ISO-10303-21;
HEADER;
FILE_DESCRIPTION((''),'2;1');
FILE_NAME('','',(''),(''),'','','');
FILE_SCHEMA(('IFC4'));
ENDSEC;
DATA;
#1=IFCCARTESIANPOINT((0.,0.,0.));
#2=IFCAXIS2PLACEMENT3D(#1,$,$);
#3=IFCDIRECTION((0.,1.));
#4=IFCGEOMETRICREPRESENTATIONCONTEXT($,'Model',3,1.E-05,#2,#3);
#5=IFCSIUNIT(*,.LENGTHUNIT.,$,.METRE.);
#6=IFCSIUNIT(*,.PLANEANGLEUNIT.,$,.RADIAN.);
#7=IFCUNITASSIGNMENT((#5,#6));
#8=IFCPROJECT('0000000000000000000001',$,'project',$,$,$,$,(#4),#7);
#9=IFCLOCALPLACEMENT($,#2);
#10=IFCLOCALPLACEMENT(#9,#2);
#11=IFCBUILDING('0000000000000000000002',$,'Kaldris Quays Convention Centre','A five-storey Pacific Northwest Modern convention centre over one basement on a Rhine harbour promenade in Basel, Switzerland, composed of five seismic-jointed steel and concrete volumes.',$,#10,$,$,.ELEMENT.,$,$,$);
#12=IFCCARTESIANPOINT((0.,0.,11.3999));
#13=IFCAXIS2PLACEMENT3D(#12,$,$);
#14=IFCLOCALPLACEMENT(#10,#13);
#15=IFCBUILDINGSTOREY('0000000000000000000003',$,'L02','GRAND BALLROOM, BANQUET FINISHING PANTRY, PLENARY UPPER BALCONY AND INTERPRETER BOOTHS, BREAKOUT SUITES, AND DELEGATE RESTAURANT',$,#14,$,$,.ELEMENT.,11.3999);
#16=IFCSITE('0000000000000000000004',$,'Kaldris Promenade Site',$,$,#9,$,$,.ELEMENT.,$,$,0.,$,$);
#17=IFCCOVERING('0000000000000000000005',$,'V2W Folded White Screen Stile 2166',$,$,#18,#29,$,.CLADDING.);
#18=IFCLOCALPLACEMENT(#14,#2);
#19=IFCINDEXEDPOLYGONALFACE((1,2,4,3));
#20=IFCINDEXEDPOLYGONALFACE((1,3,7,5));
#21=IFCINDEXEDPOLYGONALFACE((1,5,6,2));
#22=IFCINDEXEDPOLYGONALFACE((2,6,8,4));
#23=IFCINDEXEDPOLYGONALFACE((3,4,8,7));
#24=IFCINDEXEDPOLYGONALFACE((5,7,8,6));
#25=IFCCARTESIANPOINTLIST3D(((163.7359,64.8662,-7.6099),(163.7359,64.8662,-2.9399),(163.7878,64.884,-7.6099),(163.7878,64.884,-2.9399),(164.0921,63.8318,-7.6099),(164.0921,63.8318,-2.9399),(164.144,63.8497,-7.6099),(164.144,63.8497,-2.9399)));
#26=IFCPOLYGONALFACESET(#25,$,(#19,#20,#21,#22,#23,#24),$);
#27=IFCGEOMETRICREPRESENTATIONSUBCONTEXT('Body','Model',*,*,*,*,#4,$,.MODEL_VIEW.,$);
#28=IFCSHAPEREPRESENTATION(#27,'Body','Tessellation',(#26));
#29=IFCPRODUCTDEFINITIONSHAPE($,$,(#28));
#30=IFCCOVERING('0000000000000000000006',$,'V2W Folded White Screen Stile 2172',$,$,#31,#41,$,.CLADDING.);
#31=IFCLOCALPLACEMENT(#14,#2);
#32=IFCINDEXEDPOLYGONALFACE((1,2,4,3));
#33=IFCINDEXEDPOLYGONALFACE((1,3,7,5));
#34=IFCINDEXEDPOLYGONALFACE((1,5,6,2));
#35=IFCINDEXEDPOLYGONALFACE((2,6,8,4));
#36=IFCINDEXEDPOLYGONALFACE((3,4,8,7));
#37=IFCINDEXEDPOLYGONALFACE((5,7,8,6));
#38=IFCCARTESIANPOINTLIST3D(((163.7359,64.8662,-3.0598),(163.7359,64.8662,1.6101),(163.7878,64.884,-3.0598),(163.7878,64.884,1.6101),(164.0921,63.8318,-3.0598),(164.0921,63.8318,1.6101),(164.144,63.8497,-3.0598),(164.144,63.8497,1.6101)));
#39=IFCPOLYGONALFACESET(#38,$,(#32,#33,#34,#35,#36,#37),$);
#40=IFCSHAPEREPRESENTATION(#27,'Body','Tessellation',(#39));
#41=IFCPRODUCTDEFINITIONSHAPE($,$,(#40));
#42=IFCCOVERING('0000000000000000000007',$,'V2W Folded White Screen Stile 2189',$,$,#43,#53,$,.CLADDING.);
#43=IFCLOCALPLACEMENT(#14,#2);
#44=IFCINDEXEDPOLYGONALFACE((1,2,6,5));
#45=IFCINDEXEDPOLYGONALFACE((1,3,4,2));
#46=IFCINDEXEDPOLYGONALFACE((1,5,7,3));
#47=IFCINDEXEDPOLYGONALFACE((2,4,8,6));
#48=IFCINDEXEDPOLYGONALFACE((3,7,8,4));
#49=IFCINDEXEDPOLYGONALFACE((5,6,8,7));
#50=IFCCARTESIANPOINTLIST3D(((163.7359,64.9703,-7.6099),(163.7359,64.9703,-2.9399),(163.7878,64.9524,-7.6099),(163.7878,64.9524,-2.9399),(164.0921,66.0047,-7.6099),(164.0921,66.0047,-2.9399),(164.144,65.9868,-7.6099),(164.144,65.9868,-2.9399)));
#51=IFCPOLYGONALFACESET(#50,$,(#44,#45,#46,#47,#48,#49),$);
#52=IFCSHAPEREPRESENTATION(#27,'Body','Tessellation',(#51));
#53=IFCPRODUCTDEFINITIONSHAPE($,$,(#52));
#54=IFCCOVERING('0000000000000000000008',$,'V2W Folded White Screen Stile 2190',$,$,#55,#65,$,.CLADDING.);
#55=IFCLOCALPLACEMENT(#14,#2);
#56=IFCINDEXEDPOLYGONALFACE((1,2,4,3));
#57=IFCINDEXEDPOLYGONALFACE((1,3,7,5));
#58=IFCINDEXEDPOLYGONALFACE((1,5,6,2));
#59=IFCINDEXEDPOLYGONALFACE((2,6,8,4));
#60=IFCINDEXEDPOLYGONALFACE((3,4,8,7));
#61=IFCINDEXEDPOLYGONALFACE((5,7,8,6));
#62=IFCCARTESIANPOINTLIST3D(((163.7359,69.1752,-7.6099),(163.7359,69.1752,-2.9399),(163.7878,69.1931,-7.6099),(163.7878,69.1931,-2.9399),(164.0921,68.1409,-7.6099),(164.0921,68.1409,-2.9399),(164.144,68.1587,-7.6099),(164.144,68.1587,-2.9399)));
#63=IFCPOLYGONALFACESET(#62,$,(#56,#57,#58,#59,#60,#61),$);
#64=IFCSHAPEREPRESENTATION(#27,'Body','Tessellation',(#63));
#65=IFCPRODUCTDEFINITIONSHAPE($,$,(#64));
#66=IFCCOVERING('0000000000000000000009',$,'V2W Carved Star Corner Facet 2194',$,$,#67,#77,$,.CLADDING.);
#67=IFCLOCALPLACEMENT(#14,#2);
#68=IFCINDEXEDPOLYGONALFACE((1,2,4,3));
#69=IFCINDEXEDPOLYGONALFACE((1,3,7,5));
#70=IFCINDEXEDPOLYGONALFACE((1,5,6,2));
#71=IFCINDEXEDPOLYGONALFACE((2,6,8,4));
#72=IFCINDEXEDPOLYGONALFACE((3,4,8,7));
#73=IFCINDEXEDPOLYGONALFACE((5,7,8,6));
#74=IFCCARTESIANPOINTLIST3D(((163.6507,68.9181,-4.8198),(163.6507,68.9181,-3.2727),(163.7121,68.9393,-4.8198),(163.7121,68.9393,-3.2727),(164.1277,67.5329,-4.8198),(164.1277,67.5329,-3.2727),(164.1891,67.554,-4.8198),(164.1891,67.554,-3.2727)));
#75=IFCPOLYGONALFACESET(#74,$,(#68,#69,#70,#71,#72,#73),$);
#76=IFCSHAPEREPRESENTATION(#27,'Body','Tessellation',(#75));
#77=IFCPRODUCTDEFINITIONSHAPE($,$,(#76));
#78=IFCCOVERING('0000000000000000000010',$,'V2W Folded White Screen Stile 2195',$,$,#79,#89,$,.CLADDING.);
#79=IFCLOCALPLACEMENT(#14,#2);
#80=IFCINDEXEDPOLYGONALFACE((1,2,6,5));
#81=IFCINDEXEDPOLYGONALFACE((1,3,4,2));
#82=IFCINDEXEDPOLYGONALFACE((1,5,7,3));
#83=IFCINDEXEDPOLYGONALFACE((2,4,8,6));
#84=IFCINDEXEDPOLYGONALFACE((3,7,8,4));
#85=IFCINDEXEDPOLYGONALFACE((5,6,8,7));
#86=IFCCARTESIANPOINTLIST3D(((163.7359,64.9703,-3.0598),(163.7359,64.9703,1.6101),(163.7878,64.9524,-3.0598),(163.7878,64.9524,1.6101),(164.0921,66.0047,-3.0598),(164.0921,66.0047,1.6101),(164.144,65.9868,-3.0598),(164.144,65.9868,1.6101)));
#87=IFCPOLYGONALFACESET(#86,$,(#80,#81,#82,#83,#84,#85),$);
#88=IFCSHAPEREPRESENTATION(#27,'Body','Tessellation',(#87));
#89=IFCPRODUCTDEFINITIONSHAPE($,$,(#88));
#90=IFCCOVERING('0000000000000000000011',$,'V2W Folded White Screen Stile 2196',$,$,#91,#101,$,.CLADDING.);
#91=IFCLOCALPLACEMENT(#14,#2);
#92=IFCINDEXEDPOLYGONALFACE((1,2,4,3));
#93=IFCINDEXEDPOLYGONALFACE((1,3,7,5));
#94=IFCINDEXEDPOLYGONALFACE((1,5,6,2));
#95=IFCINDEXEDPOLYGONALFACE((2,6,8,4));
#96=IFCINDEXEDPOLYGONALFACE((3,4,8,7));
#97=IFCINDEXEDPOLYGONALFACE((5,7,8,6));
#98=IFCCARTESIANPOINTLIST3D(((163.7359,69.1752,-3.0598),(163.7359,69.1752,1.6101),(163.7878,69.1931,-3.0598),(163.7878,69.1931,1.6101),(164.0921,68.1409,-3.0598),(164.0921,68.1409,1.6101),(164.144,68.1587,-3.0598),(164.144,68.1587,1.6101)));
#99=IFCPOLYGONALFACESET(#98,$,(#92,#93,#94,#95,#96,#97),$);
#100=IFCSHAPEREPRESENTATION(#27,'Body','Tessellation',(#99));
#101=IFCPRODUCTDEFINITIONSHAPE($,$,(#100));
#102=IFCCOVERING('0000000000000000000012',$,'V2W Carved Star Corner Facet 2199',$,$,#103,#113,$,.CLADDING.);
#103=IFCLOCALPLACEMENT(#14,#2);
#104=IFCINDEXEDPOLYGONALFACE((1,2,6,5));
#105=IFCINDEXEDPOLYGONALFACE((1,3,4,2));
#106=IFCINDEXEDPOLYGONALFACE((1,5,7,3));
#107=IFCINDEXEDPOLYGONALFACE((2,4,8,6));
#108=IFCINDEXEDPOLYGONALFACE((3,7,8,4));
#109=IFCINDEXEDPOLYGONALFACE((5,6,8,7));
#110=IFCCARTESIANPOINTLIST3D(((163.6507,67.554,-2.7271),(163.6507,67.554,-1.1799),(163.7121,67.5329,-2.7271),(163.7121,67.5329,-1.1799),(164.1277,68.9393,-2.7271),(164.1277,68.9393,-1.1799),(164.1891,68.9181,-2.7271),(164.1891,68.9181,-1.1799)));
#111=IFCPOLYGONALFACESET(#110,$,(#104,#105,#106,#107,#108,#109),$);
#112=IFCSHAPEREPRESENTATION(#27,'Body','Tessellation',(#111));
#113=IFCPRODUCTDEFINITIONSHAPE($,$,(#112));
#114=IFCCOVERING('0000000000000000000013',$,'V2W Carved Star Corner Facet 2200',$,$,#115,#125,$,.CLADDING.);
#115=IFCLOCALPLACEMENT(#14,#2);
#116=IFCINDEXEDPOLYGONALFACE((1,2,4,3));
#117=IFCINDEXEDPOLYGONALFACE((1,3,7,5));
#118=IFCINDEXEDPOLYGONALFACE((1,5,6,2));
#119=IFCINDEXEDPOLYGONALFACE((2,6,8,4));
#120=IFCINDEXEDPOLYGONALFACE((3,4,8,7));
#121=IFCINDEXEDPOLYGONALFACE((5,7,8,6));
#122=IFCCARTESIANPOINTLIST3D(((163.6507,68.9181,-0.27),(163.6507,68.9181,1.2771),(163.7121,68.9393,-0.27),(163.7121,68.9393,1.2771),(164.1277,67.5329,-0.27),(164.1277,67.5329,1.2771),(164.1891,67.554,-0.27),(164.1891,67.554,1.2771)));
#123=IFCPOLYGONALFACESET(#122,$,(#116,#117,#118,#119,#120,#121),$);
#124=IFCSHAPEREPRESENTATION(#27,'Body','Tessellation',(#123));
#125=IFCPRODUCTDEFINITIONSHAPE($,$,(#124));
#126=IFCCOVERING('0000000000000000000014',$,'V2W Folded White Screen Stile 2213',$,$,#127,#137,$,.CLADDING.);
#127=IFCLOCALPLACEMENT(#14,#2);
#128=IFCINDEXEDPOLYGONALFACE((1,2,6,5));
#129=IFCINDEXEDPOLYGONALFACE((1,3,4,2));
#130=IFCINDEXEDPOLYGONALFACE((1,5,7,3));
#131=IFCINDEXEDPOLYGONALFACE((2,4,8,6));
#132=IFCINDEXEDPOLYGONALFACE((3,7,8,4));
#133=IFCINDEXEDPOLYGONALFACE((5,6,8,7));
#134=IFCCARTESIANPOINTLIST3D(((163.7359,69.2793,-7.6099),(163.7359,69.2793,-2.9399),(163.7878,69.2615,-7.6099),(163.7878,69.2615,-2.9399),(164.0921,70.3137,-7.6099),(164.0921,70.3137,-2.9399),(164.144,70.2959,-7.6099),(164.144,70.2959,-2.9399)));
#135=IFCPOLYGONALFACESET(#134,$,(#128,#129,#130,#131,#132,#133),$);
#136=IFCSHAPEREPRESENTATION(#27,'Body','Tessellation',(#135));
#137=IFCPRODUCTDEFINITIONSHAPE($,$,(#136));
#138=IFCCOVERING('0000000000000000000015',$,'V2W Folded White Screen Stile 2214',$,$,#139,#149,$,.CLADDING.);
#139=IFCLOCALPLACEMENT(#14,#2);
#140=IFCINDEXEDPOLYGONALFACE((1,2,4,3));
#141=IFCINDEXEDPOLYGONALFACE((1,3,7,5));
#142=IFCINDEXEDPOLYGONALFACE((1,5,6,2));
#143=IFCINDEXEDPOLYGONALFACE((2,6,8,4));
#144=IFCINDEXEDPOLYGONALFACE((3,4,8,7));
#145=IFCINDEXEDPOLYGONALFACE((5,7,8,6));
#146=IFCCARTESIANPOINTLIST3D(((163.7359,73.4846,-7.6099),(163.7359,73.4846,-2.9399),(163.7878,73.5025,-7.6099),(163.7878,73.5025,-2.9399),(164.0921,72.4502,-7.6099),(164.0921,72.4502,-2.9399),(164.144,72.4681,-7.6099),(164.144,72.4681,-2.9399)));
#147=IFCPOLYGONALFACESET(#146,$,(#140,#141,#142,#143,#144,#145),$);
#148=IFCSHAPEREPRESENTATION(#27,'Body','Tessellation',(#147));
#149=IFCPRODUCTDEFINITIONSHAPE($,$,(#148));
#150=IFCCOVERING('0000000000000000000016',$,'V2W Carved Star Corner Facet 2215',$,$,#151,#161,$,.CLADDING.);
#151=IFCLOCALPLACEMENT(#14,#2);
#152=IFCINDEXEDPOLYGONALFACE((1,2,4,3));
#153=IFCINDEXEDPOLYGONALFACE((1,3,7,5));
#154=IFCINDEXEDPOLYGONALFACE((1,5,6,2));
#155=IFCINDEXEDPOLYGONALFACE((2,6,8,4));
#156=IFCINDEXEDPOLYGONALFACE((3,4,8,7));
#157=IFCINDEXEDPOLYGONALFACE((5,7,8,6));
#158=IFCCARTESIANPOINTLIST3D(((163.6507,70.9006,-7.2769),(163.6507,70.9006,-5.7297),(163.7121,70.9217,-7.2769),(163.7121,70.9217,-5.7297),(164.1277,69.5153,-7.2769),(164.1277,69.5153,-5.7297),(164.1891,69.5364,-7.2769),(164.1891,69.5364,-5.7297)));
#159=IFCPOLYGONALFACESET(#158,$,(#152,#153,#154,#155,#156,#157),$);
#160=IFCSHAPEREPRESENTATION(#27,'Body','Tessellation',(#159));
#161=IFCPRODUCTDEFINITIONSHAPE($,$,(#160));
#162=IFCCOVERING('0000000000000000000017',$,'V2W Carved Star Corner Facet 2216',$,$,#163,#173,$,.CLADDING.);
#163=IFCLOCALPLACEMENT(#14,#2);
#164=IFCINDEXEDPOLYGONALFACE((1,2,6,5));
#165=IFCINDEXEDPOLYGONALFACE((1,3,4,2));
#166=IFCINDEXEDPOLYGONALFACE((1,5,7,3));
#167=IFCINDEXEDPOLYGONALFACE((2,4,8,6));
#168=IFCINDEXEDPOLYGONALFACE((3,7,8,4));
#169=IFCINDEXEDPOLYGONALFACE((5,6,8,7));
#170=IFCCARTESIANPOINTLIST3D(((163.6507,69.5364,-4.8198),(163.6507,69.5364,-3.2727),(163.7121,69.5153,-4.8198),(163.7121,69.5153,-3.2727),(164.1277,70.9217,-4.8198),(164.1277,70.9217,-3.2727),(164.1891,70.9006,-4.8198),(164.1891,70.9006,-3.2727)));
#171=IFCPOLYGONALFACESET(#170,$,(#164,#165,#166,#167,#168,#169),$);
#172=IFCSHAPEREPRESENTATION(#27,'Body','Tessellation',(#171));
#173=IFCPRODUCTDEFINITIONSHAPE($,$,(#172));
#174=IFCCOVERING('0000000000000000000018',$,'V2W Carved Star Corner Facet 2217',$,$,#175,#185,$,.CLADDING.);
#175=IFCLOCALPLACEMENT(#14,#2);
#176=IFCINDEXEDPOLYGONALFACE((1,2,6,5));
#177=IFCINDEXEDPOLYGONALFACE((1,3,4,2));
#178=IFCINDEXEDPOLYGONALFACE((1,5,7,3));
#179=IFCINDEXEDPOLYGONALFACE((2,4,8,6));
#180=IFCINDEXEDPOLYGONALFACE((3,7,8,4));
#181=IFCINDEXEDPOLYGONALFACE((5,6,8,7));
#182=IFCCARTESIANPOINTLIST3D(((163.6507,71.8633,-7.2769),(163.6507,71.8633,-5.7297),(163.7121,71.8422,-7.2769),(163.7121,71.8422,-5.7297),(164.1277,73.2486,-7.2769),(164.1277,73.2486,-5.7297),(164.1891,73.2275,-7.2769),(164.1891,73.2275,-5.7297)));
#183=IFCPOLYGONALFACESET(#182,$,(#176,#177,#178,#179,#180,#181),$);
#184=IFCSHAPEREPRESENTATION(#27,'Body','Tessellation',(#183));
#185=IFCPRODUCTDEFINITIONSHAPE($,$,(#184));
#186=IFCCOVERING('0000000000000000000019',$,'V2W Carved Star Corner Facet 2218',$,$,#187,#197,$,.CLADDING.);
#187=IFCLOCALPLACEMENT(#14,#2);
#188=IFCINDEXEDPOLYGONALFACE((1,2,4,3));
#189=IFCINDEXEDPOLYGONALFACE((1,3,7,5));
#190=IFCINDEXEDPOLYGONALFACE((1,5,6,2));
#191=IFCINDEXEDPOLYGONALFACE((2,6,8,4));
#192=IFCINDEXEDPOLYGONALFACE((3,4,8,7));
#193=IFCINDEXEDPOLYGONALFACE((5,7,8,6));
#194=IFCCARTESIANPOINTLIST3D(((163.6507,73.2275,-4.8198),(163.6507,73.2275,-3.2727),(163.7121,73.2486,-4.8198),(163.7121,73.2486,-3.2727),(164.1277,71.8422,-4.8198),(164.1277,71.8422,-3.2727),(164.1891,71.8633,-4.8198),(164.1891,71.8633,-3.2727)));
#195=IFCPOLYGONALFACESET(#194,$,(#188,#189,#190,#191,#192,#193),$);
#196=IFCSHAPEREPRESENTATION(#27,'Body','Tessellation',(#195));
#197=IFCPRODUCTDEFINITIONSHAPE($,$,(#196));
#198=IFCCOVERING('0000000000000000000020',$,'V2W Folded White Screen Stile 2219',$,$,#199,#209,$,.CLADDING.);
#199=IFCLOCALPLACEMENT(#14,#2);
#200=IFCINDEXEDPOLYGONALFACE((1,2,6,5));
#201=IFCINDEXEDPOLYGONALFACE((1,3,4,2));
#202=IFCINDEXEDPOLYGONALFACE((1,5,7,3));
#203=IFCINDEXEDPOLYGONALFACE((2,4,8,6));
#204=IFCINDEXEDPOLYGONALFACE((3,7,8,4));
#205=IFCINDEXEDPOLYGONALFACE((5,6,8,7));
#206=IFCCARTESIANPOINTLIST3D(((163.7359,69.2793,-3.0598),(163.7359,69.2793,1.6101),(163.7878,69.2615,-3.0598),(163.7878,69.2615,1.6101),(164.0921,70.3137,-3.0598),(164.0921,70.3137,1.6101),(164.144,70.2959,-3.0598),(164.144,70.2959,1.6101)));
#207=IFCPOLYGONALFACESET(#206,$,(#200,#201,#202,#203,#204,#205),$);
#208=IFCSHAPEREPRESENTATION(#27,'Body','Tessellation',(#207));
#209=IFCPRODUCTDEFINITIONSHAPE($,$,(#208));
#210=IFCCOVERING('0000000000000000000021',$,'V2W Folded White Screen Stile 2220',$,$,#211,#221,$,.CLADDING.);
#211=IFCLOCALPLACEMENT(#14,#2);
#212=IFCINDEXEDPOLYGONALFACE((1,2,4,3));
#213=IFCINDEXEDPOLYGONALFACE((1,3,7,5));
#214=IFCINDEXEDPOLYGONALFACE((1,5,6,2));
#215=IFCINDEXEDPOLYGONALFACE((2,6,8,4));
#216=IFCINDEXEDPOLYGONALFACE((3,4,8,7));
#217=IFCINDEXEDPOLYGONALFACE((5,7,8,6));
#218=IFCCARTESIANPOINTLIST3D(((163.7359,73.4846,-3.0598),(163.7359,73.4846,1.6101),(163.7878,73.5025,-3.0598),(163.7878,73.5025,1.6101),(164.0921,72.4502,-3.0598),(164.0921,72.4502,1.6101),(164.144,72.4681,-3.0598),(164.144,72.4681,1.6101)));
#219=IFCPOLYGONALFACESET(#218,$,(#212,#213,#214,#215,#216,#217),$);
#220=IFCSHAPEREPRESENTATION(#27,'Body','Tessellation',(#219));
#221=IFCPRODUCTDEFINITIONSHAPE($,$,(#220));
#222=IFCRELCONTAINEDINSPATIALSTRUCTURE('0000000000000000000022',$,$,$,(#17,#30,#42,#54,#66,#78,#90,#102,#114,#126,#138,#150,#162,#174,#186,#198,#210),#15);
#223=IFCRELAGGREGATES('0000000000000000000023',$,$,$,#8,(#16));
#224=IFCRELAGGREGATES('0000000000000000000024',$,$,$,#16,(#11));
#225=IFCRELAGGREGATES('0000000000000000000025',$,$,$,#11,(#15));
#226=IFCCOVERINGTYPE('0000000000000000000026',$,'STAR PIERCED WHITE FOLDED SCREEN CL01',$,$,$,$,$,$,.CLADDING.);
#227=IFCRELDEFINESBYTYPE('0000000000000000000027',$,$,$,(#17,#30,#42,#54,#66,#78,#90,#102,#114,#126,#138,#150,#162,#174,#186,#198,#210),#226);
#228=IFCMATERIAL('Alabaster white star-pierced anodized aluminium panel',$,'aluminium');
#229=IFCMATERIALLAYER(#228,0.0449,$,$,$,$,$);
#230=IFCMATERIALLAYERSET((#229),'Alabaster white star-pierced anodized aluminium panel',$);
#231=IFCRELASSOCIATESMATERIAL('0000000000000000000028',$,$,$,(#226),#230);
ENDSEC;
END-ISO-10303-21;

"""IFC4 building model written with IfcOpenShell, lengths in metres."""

from ifc_helpers import new_model, si_unit, direction, frame, origin, origin_2d, place, context, subcontext, project, spatial, rectangle, extrude, material, layer, layer_set, type_object, element, save


model = new_model("IFC4")

# Units and contexts
model_context = context("Model", 3, precision=1e-05, world=origin(), true_north=direction((0.0, 1.0)))
body_context = subcontext(model_context, "Body", "Model", "MODEL_VIEW")
ifc_project = project(units=[si_unit("LENGTHUNIT", "METRE"), si_unit("PLANEANGLEUNIT", "RADIAN")], contexts=[model_context])

# Site, building, storey
site_placement = place(None, origin())
site = spatial("IfcSite", under=ifc_project, at=site_placement, Name="Kaldris Promenade Site", CompositionType="ELEMENT", RefElevation=0.0)
building_placement = place(site_placement, origin())
building = spatial("IfcBuilding", under=site, at=building_placement, Name="Kaldris Quays Convention Centre", Description="A five-storey Pacific Northwest Modern convention centre over one basement on a Rhine harbour promenade in Basel, Switzerland, composed of five seismic-jointed steel and concrete volumes.", CompositionType="ELEMENT")
storey_placement = place(building_placement, frame((0.0, 0.0, 11.3999)))
storey = spatial("IfcBuildingStorey", under=building, at=storey_placement, Name="L02", Description="GRAND BALLROOM, BANQUET FINISHING PANTRY, PLENARY UPPER BALCONY AND INTERPRETER BOOTHS, BREAKOUT SUITES, AND DELEGATE RESTAURANT", CompositionType="ELEMENT", Elevation=11.3999)

# Coverings
ifc_material = material(Name="Alabaster white star-pierced anodized aluminium panel", Category="aluminium")
ifc_layer = layer(ifc_material, 0.0449)
ifc_layer_set = layer_set([ifc_layer], Name="Alabaster white star-pierced anodized aluminium panel")
covering_type = type_object("IfcCoveringType", Name="STAR PIERCED WHITE FOLDED SCREEN CL01", PredefinedType="CLADDING", material=ifc_layer_set)
for number, where, z_axis, x_axis, name in (
    (1, (163.9399, 64.3579, -7.6099), (0.0, 0.0, 1.0), (-0.325568, 0.945519, 0.0), "V2W Folded White Screen Stile 2166"),
    (2, (163.9399, 64.3579, -3.0598), (0.0, 0.0, 1.0), (-0.325568, 0.945519, 0.0), "V2W Folded White Screen Stile 2172"),
    (3, (163.9399, 65.4785, -7.6099), (0.0, 0.0, 1.0), (0.325568, 0.945519, 0.0), "V2W Folded White Screen Stile 2189"),
    (4, (163.9399, 68.667, -7.6099), (0.0, 0.0, 1.0), (-0.325568, 0.945519, 0.0), "V2W Folded White Screen Stile 2190"),
):
    element("IfcCovering", number, at=place(storey_placement, frame(where, z_axis=z_axis, x_axis=x_axis)), inside=storey, type_object=covering_type, Name=name, PredefinedType="CLADDING", context=body_context, shape_type="SweptSolid", body=[
        extrude(rectangle(XDim=1.094, YDim=0.0549, at=origin_2d()), origin(), (0.0, 0.0, 1.0), 4.6699),
    ])
covering_placement = place(storey_placement, frame((163.9199, 68.2361, -4.8198), z_axis=(0.0, 0.0, 1.0), x_axis=(-0.325568, 0.945519, 0.0)))
element("IfcCovering", 5, at=covering_placement, inside=storey, type_object=covering_type, Name="V2W Carved Star Corner Facet 2194", PredefinedType="CLADDING", context=body_context, shape_type="SweptSolid", body=[
    extrude(rectangle(XDim=1.4651, YDim=0.0649, at=origin_2d()), origin(), (0.0, 0.0, 1.0), 1.5471),
])
for number, where, z_axis, x_axis, name in (
    (6, (163.9399, 65.4785, -3.0598), (0.0, 0.0, 1.0), (0.325568, 0.945519, 0.0), "V2W Folded White Screen Stile 2195"),
    (7, (163.9399, 68.667, -3.0598), (0.0, 0.0, 1.0), (-0.325568, 0.945519, 0.0), "V2W Folded White Screen Stile 2196"),
):
    element("IfcCovering", number, at=place(storey_placement, frame(where, z_axis=z_axis, x_axis=x_axis)), inside=storey, type_object=covering_type, Name=name, PredefinedType="CLADDING", context=body_context, shape_type="SweptSolid", body=[
        extrude(rectangle(XDim=1.094, YDim=0.0549, at=origin_2d()), origin(), (0.0, 0.0, 1.0), 4.6699),
    ])
for number, where, z_axis, x_axis, name in (
    (8, (163.9199, 68.2361, -2.7271), (0.0, 0.0, 1.0), (0.325568, 0.945519, 0.0), "V2W Carved Star Corner Facet 2199"),
    (9, (163.9199, 68.2361, -0.27), (0.0, 0.0, 1.0), (-0.325568, 0.945519, 0.0), "V2W Carved Star Corner Facet 2200"),
):
    element("IfcCovering", number, at=place(storey_placement, frame(where, z_axis=z_axis, x_axis=x_axis)), inside=storey, type_object=covering_type, Name=name, PredefinedType="CLADDING", context=body_context, shape_type="SweptSolid", body=[
        extrude(rectangle(XDim=1.4651, YDim=0.0649, at=origin_2d()), origin(), (0.0, 0.0, 1.0), 1.5471),
    ])
for number, where, z_axis, x_axis, name in (
    (10, (163.9399, 69.7876, -7.6099), (0.0, 0.0, 1.0), (0.325568, 0.945519, 0.0), "V2W Folded White Screen Stile 2213"),
    (11, (163.9399, 72.9763, -7.6099), (0.0, 0.0, 1.0), (-0.325568, 0.945519, 0.0), "V2W Folded White Screen Stile 2214"),
):
    element("IfcCovering", number, at=place(storey_placement, frame(where, z_axis=z_axis, x_axis=x_axis)), inside=storey, type_object=covering_type, Name=name, PredefinedType="CLADDING", context=body_context, shape_type="SweptSolid", body=[
        extrude(rectangle(XDim=1.094, YDim=0.0549, at=origin_2d()), origin(), (0.0, 0.0, 1.0), 4.6699),
    ])
for number, where, z_axis, x_axis, name in (
    (12, (163.9199, 70.2185, -7.2769), (0.0, 0.0, 1.0), (-0.325568, 0.945519, 0.0), "V2W Carved Star Corner Facet 2215"),
    (13, (163.9199, 70.2185, -4.8198), (0.0, 0.0, 1.0), (0.325568, 0.945519, 0.0), "V2W Carved Star Corner Facet 2216"),
    (14, (163.9199, 72.5454, -7.2769), (0.0, 0.0, 1.0), (0.325568, 0.945519, 0.0), "V2W Carved Star Corner Facet 2217"),
    (15, (163.9199, 72.5454, -4.8198), (0.0, 0.0, 1.0), (-0.325568, 0.945519, 0.0), "V2W Carved Star Corner Facet 2218"),
):
    element("IfcCovering", number, at=place(storey_placement, frame(where, z_axis=z_axis, x_axis=x_axis)), inside=storey, type_object=covering_type, Name=name, PredefinedType="CLADDING", context=body_context, shape_type="SweptSolid", body=[
        extrude(rectangle(XDim=1.4651, YDim=0.0649, at=origin_2d()), origin(), (0.0, 0.0, 1.0), 1.5471),
    ])
for number, where, z_axis, x_axis, name in (
    (16, (163.9399, 69.7876, -3.0598), (0.0, 0.0, 1.0), (0.325568, 0.945519, 0.0), "V2W Folded White Screen Stile 2219"),
    (17, (163.9399, 72.9763, -3.0598), (0.0, 0.0, 1.0), (-0.325568, 0.945519, 0.0), "V2W Folded White Screen Stile 2220"),
):
    element("IfcCovering", number, at=place(storey_placement, frame(where, z_axis=z_axis, x_axis=x_axis)), inside=storey, type_object=covering_type, Name=name, PredefinedType="CLADDING", context=body_context, shape_type="SweptSolid", body=[
        extrude(rectangle(XDim=1.094, YDim=0.0549, at=origin_2d()), origin(), (0.0, 0.0, 1.0), 4.6699),
    ])

save(model, "model.ifc")
